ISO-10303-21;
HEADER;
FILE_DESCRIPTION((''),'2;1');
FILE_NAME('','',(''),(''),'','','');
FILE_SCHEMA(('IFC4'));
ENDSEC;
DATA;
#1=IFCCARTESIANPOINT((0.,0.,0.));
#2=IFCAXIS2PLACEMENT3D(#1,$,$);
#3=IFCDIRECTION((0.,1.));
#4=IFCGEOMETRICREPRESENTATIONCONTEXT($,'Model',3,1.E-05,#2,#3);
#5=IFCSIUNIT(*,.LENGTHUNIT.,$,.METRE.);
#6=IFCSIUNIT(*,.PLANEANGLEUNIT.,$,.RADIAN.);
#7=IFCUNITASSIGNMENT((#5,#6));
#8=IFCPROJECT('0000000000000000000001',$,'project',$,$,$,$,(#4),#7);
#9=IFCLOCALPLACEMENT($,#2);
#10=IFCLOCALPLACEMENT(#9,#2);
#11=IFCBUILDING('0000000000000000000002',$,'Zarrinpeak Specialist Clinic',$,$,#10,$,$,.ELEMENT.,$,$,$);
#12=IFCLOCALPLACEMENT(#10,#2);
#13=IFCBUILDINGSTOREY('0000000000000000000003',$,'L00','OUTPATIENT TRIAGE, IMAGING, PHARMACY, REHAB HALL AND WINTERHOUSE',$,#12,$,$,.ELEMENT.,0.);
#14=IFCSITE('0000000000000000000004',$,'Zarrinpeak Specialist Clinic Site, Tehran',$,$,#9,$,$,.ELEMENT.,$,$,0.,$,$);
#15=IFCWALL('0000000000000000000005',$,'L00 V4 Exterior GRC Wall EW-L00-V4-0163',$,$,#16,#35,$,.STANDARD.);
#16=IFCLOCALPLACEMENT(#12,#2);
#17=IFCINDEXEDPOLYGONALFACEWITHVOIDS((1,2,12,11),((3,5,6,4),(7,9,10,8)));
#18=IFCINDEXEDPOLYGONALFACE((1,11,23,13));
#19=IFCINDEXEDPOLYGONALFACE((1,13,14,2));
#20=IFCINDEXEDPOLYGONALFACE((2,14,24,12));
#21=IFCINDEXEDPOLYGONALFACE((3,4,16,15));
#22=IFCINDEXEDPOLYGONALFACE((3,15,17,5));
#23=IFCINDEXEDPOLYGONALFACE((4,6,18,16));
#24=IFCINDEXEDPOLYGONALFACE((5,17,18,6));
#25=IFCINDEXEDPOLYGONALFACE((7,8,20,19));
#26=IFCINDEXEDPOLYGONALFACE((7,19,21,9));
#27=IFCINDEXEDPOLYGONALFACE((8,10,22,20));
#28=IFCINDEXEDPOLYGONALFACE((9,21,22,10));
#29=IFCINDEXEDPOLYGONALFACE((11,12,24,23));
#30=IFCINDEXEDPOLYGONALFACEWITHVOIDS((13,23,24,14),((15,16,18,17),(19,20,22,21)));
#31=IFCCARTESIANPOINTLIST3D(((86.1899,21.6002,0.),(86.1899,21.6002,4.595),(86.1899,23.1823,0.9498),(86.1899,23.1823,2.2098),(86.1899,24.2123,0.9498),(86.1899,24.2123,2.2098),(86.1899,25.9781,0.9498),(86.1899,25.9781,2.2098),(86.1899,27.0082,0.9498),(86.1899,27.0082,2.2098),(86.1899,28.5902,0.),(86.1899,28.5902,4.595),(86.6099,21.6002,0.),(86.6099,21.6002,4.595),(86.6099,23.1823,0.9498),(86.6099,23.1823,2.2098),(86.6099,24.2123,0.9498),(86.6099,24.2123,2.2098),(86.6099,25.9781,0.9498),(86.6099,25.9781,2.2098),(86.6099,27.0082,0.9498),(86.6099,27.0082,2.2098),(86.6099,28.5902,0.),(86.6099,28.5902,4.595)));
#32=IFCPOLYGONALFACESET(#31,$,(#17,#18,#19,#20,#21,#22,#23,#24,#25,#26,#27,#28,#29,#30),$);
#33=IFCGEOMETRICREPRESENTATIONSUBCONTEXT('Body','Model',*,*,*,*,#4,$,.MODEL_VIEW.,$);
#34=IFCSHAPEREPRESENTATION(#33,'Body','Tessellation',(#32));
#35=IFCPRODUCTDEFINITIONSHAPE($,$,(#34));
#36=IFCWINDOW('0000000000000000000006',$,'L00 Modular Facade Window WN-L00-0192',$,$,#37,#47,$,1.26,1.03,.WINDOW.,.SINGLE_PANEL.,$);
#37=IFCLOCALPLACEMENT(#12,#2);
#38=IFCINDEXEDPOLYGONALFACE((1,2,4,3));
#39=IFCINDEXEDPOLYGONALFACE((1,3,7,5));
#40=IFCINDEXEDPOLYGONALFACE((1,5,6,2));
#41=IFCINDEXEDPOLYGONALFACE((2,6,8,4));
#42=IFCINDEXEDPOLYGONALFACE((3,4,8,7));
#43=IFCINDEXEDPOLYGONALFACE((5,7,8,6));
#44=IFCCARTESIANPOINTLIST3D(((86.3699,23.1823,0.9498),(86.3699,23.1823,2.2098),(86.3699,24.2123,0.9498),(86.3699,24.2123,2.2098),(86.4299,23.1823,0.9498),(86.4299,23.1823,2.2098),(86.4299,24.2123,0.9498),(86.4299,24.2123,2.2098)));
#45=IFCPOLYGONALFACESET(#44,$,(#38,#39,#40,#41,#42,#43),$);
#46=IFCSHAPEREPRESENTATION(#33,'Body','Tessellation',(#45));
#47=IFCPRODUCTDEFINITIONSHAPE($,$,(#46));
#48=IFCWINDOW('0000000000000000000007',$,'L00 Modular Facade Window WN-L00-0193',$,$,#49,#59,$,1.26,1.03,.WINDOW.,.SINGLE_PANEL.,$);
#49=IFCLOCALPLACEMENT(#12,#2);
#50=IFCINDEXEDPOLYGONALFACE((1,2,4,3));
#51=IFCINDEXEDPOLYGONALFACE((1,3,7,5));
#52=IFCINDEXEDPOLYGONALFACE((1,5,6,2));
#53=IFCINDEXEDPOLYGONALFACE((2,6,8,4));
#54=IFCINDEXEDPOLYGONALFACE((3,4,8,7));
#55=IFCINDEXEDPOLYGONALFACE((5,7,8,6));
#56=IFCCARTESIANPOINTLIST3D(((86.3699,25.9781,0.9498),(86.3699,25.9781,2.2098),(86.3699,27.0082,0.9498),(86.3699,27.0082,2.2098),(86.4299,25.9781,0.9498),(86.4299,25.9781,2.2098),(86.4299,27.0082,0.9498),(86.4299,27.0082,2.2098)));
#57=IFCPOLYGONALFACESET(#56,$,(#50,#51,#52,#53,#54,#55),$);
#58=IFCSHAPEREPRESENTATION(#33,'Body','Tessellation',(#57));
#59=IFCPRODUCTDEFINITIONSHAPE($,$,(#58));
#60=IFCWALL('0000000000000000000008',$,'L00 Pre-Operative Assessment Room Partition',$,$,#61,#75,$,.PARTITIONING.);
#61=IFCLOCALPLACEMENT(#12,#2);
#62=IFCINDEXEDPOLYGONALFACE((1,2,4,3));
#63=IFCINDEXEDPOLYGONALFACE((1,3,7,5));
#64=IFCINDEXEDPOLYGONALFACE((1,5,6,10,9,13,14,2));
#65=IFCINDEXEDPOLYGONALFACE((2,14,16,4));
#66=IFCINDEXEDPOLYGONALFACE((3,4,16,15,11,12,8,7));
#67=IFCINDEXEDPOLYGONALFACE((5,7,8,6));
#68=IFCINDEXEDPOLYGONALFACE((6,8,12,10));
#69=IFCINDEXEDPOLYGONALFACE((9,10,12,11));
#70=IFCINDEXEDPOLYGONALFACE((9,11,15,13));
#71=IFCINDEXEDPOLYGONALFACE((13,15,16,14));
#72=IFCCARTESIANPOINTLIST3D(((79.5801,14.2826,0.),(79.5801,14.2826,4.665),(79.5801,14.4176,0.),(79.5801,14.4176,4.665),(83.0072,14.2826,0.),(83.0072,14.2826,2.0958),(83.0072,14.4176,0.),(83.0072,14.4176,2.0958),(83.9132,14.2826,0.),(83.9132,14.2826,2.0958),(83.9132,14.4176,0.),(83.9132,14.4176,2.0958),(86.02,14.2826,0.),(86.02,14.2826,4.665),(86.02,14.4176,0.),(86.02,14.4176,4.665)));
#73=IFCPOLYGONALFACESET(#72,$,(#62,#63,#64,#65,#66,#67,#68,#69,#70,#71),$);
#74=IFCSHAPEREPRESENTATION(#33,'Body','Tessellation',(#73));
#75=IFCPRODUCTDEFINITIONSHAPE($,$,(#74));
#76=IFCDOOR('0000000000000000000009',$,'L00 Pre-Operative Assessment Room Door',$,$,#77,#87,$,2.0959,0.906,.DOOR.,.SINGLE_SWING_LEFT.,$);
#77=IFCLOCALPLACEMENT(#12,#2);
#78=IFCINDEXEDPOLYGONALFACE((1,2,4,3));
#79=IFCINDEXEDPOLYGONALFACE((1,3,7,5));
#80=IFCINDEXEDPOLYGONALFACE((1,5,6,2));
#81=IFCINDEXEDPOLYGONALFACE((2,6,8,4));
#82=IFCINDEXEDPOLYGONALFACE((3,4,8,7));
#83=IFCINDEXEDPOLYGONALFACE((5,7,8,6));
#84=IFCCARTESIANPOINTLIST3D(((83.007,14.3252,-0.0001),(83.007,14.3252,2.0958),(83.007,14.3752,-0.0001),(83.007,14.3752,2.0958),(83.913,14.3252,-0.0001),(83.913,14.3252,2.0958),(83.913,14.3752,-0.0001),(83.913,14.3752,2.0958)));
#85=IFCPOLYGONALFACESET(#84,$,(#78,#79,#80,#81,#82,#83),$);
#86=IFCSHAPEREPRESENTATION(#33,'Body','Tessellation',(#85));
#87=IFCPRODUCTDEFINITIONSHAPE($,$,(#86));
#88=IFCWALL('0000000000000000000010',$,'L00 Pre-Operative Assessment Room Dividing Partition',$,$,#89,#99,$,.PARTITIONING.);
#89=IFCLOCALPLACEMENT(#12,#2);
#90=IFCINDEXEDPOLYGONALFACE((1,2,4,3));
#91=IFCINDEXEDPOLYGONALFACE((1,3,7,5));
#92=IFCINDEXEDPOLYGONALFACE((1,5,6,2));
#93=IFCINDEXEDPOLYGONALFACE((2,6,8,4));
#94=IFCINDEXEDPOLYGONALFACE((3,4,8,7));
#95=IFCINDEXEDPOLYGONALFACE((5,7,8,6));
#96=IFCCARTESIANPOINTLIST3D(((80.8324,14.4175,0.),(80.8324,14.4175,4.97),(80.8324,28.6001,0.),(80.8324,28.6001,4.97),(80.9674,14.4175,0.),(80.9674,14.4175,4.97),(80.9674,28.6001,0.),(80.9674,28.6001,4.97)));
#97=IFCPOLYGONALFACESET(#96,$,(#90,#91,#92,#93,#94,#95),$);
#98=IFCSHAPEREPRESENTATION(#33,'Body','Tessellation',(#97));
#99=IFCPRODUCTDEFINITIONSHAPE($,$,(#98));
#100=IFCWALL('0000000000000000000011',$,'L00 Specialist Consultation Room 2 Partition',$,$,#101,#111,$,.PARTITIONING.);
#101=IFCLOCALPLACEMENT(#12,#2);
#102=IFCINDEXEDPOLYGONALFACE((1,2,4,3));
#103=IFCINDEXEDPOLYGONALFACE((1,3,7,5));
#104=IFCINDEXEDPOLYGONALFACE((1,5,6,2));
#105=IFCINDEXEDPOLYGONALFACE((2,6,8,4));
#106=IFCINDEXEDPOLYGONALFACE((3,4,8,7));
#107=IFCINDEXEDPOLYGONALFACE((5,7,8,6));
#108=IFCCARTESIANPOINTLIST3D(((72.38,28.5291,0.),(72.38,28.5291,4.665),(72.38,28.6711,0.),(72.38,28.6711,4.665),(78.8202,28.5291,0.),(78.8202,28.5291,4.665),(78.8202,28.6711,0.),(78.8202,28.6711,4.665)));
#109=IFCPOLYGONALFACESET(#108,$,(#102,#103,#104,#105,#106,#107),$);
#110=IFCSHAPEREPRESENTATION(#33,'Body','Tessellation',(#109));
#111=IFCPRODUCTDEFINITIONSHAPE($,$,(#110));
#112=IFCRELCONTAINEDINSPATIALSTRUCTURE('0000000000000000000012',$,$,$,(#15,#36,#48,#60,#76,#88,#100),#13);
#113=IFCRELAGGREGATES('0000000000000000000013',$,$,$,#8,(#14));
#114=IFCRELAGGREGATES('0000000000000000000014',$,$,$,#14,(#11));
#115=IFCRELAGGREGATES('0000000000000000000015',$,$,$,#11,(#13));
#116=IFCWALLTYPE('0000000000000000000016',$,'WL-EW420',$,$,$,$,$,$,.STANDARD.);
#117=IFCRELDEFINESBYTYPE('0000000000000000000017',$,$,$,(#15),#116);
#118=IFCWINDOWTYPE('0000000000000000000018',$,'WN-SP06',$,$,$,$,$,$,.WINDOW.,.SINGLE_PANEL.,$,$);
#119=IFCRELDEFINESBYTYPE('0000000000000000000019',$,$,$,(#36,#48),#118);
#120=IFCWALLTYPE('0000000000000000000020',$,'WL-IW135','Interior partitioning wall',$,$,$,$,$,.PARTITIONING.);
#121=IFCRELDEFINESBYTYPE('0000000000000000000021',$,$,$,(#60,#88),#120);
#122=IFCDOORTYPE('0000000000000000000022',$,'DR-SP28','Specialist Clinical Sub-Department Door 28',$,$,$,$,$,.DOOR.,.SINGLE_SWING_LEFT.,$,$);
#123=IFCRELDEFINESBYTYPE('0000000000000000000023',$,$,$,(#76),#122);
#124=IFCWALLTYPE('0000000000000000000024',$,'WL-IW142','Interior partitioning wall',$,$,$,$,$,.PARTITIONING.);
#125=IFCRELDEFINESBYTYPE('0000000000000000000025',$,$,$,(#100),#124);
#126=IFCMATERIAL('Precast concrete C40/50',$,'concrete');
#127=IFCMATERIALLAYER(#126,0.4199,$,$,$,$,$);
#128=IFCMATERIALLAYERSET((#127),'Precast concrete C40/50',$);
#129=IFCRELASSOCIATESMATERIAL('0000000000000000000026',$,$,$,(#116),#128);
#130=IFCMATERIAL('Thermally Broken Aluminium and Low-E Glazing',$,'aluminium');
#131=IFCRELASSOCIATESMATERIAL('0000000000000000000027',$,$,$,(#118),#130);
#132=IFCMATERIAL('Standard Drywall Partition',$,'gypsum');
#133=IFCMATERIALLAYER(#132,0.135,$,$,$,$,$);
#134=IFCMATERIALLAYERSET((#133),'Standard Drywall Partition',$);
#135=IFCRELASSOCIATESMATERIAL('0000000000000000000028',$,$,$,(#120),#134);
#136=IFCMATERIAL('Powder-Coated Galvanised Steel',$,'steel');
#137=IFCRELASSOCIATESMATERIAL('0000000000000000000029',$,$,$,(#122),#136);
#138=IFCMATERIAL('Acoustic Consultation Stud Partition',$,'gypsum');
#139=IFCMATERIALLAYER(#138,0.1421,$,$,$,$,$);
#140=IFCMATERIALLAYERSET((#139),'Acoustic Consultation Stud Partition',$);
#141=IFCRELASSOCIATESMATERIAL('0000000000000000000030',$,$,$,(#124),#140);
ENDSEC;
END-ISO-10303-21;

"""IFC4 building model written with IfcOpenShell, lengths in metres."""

from ifc_helpers import new_model, si_unit, direction, frame, frame_2d, origin, place, context, subcontext, project, spatial, rectangle, extrude, material, layer, layer_set, type_object, element, fill, save


model = new_model("IFC4")

# Units and contexts
model_context = context("Model", 3, precision=1e-05, world=origin(), true_north=direction((0.0, 1.0)))
body_context = subcontext(model_context, "Body", "Model", "MODEL_VIEW")
ifc_project = project(units=[si_unit("LENGTHUNIT", "METRE"), si_unit("PLANEANGLEUNIT", "RADIAN")], contexts=[model_context])

# Site, building, storey
site_placement = place(None, origin())
site = spatial("IfcSite", under=ifc_project, at=site_placement, Name="Zarrinpeak Specialist Clinic Site, Tehran", CompositionType="ELEMENT", RefElevation=0.0)
building_placement = place(site_placement, origin())
building = spatial("IfcBuilding", under=site, at=building_placement, Name="Zarrinpeak Specialist Clinic", CompositionType="ELEMENT")
storey_placement = place(building_placement, origin())
storey = spatial("IfcBuildingStorey", under=building, at=storey_placement, Name="L00", Description="OUTPATIENT TRIAGE, IMAGING, PHARMACY, REHAB HALL AND WINTERHOUSE", CompositionType="ELEMENT", Elevation=0.0)

# Wall, openings, windows
ifc_material_1 = material(Name="Precast concrete C40/50", Category="concrete")
ifc_layer_1 = layer(ifc_material_1, 0.4199)
ifc_layer_set_1 = layer_set([ifc_layer_1], Name="Precast concrete C40/50")
wall_type_1 = type_object("IfcWallType", Name="WL-EW420", PredefinedType="STANDARD", material=ifc_layer_set_1)
ifc_material_2 = material(Name="Thermally Broken Aluminium and Low-E Glazing", Category="aluminium")
wall_1_placement = place(storey_placement, frame((86.3999, 21.6001, 0.0), z_axis=(0.0, 0.0, 1.0), x_axis=(0.0, 1.0, 0.0)))
wall_1 = element("IfcWall", 1, at=wall_1_placement, inside=storey, type_object=wall_type_1, Name="L00 V4 Exterior GRC Wall EW-L00-V4-0163", PredefinedType="STANDARD", context=body_context, shape_type="SweptSolid", body=[
    extrude(rectangle(XDim=6.99, YDim=0.4199, at=frame_2d((3.4951, 0.0))), origin(), (0.0, 0.0, 1.0), 4.595),
])
opening_1_placement = place(wall_1_placement, frame((1.582, 0.0, 0.95)))
opening_1 = element("IfcOpeningElement", 2, at=opening_1_placement, cuts=wall_1, PredefinedType="OPENING", context=body_context, shape_type="SweptSolid", body=[
    extrude(rectangle(XDim=1.03, YDim=1.26, at=frame_2d((0.5151, 0.6299))), frame((0.0, 0.22, 0.0), z_axis=(0.0, -1.0, 0.0), x_axis=(1.0, 0.0, 0.0)), (0.0, 0.0, 1.0), 0.4399),
])
opening_2_placement = place(wall_1_placement, frame((4.3779, 0.0, 0.95)))
opening_2 = element("IfcOpeningElement", 3, at=opening_2_placement, cuts=wall_1, PredefinedType="OPENING", context=body_context, shape_type="SweptSolid", body=[
    extrude(rectangle(XDim=1.03, YDim=1.26, at=frame_2d((0.5151, 0.6299))), frame((0.0, 0.22, 0.0), z_axis=(0.0, -1.0, 0.0), x_axis=(1.0, 0.0, 0.0)), (0.0, 0.0, 1.0), 0.4399),
])
window_type_1 = type_object("IfcWindowType", Name="WN-SP06", PartitioningType="SINGLE_PANEL", PredefinedType="WINDOW", material=ifc_material_2)
window_1_placement = place(opening_1_placement, origin())
window_1 = element("IfcWindow", 4, at=window_1_placement, inside=storey, type_object=window_type_1, Name="L00 Modular Facade Window WN-L00-0192", OverallHeight=1.26, OverallWidth=1.03, PartitioningType="SINGLE_PANEL", PredefinedType="WINDOW", context=body_context, shape_type="SweptSolid", body=[
    extrude(rectangle(XDim=1.03, YDim=1.26, at=frame_2d((0.5151, 0.6299))), frame((0.0, 0.03, 0.0), z_axis=(0.0, -1.0, 0.0), x_axis=(1.0, 0.0, 0.0)), (0.0, 0.0, 1.0), 0.0601),
])
fill(opening_1, window_1)
window_2_placement = place(opening_2_placement, origin())
window_2 = element("IfcWindow", 5, at=window_2_placement, inside=storey, type_object=window_type_1, Name="L00 Modular Facade Window WN-L00-0193", OverallHeight=1.26, OverallWidth=1.03, PartitioningType="SINGLE_PANEL", PredefinedType="WINDOW", context=body_context, shape_type="SweptSolid", body=[
    extrude(rectangle(XDim=1.03, YDim=1.26, at=frame_2d((0.5151, 0.6299))), frame((0.0, 0.03, 0.0), z_axis=(0.0, -1.0, 0.0), x_axis=(1.0, 0.0, 0.0)), (0.0, 0.0, 1.0), 0.0601),
])
fill(opening_2, window_2)

# Wall, opening, door
ifc_material_3 = material(Name="Standard Drywall Partition", Category="gypsum")
ifc_layer_2 = layer(ifc_material_3, 0.135)
ifc_layer_set_2 = layer_set([ifc_layer_2], Name="Standard Drywall Partition")
wall_type_2 = type_object("IfcWallType", Name="WL-IW135", Description="Interior partitioning wall", PredefinedType="PARTITIONING", material=ifc_layer_set_2)
wall_2_placement = place(storey_placement, frame((79.5801, 14.3501, 0.0), z_axis=(0.0, 0.0, 1.0), x_axis=(1.0, 0.0, 0.0)))
wall_2 = element("IfcWall", 6, at=wall_2_placement, inside=storey, type_object=wall_type_2, Name="L00 Pre-Operative Assessment Room Partition", PredefinedType="PARTITIONING", context=body_context, shape_type="SweptSolid", body=[
    extrude(rectangle(XDim=6.4399, YDim=0.135, at=frame_2d((3.22, 0.0))), origin(), (0.0, 0.0, 1.0), 4.665),
])
opening_3_placement = place(wall_2_placement, frame((3.427, 0.0, 0.0)))
opening_3 = element("IfcOpeningElement", 7, at=opening_3_placement, cuts=wall_2, PredefinedType="OPENING", context=body_context, shape_type="SweptSolid", body=[
    extrude(rectangle(XDim=0.906, YDim=2.0959, at=frame_2d((0.4531, 1.0479))), frame((0.0, 0.0776, 0.0), z_axis=(0.0, -1.0, 0.0), x_axis=(1.0, 0.0, 0.0)), (0.0, 0.0, 1.0), 0.155),
])
ifc_material_4 = material(Name="Powder-Coated Galvanised Steel", Category="steel")
door_type = type_object("IfcDoorType", Name="DR-SP28", Description="Specialist Clinical Sub-Department Door 28", OperationType="SINGLE_SWING_LEFT", PredefinedType="DOOR", material=ifc_material_4)
door_placement = place(opening_3_placement, frame((0.906, 0.0, 0.0), z_axis=(0.0, 0.0, 1.0), x_axis=(-1.0, 0.0, 0.0)))
door = element("IfcDoor", 8, at=door_placement, inside=storey, type_object=door_type, Name="L00 Pre-Operative Assessment Room Door", OperationType="SINGLE_SWING_LEFT", OverallHeight=2.0959, OverallWidth=0.906, PredefinedType="DOOR", context=body_context, shape_type="SweptSolid", body=[
    extrude(rectangle(XDim=0.906, YDim=2.0959, at=frame_2d((0.4531, 1.0479))), frame((0.0, 0.0249, 0.0), z_axis=(0.0, -1.0, 0.0), x_axis=(1.0, 0.0, 0.0)), (0.0, 0.0, 1.0), 0.05),
])
fill(opening_3, door)

# Walls
wall_3_placement = place(storey_placement, frame((80.8999, 14.4175, 0.0), z_axis=(0.0, 0.0, 1.0), x_axis=(0.0, 1.0, 0.0)))
element("IfcWall", 9, at=wall_3_placement, inside=storey, type_object=wall_type_2, Name="L00 Pre-Operative Assessment Room Dividing Partition", PredefinedType="PARTITIONING", context=body_context, shape_type="SweptSolid", body=[
    extrude(rectangle(XDim=14.1826, YDim=0.135, at=frame_2d((7.0913, 0.0))), origin(), (0.0, 0.0, 1.0), 4.97),
])
ifc_material_5 = material(Name="Acoustic Consultation Stud Partition", Category="gypsum")
ifc_layer_3 = layer(ifc_material_5, 0.1421)
ifc_layer_set_3 = layer_set([ifc_layer_3], Name="Acoustic Consultation Stud Partition")
wall_type_3 = type_object("IfcWallType", Name="WL-IW142", Description="Interior partitioning wall", PredefinedType="PARTITIONING", material=ifc_layer_set_3)
wall_4_placement = place(storey_placement, frame((72.3799, 28.6001, 0.0), z_axis=(0.0, 0.0, 1.0), x_axis=(1.0, 0.0, 0.0)))
element("IfcWall", 10, at=wall_4_placement, inside=storey, type_object=wall_type_3, Name="L00 Specialist Consultation Room 2 Partition", PredefinedType="PARTITIONING", context=body_context, shape_type="SweptSolid", body=[
    extrude(rectangle(XDim=6.4402, YDim=0.1421, at=frame_2d((3.2202, 0.0))), origin(), (0.0, 0.0, 1.0), 4.665),
])

save(model, "model.ifc")
